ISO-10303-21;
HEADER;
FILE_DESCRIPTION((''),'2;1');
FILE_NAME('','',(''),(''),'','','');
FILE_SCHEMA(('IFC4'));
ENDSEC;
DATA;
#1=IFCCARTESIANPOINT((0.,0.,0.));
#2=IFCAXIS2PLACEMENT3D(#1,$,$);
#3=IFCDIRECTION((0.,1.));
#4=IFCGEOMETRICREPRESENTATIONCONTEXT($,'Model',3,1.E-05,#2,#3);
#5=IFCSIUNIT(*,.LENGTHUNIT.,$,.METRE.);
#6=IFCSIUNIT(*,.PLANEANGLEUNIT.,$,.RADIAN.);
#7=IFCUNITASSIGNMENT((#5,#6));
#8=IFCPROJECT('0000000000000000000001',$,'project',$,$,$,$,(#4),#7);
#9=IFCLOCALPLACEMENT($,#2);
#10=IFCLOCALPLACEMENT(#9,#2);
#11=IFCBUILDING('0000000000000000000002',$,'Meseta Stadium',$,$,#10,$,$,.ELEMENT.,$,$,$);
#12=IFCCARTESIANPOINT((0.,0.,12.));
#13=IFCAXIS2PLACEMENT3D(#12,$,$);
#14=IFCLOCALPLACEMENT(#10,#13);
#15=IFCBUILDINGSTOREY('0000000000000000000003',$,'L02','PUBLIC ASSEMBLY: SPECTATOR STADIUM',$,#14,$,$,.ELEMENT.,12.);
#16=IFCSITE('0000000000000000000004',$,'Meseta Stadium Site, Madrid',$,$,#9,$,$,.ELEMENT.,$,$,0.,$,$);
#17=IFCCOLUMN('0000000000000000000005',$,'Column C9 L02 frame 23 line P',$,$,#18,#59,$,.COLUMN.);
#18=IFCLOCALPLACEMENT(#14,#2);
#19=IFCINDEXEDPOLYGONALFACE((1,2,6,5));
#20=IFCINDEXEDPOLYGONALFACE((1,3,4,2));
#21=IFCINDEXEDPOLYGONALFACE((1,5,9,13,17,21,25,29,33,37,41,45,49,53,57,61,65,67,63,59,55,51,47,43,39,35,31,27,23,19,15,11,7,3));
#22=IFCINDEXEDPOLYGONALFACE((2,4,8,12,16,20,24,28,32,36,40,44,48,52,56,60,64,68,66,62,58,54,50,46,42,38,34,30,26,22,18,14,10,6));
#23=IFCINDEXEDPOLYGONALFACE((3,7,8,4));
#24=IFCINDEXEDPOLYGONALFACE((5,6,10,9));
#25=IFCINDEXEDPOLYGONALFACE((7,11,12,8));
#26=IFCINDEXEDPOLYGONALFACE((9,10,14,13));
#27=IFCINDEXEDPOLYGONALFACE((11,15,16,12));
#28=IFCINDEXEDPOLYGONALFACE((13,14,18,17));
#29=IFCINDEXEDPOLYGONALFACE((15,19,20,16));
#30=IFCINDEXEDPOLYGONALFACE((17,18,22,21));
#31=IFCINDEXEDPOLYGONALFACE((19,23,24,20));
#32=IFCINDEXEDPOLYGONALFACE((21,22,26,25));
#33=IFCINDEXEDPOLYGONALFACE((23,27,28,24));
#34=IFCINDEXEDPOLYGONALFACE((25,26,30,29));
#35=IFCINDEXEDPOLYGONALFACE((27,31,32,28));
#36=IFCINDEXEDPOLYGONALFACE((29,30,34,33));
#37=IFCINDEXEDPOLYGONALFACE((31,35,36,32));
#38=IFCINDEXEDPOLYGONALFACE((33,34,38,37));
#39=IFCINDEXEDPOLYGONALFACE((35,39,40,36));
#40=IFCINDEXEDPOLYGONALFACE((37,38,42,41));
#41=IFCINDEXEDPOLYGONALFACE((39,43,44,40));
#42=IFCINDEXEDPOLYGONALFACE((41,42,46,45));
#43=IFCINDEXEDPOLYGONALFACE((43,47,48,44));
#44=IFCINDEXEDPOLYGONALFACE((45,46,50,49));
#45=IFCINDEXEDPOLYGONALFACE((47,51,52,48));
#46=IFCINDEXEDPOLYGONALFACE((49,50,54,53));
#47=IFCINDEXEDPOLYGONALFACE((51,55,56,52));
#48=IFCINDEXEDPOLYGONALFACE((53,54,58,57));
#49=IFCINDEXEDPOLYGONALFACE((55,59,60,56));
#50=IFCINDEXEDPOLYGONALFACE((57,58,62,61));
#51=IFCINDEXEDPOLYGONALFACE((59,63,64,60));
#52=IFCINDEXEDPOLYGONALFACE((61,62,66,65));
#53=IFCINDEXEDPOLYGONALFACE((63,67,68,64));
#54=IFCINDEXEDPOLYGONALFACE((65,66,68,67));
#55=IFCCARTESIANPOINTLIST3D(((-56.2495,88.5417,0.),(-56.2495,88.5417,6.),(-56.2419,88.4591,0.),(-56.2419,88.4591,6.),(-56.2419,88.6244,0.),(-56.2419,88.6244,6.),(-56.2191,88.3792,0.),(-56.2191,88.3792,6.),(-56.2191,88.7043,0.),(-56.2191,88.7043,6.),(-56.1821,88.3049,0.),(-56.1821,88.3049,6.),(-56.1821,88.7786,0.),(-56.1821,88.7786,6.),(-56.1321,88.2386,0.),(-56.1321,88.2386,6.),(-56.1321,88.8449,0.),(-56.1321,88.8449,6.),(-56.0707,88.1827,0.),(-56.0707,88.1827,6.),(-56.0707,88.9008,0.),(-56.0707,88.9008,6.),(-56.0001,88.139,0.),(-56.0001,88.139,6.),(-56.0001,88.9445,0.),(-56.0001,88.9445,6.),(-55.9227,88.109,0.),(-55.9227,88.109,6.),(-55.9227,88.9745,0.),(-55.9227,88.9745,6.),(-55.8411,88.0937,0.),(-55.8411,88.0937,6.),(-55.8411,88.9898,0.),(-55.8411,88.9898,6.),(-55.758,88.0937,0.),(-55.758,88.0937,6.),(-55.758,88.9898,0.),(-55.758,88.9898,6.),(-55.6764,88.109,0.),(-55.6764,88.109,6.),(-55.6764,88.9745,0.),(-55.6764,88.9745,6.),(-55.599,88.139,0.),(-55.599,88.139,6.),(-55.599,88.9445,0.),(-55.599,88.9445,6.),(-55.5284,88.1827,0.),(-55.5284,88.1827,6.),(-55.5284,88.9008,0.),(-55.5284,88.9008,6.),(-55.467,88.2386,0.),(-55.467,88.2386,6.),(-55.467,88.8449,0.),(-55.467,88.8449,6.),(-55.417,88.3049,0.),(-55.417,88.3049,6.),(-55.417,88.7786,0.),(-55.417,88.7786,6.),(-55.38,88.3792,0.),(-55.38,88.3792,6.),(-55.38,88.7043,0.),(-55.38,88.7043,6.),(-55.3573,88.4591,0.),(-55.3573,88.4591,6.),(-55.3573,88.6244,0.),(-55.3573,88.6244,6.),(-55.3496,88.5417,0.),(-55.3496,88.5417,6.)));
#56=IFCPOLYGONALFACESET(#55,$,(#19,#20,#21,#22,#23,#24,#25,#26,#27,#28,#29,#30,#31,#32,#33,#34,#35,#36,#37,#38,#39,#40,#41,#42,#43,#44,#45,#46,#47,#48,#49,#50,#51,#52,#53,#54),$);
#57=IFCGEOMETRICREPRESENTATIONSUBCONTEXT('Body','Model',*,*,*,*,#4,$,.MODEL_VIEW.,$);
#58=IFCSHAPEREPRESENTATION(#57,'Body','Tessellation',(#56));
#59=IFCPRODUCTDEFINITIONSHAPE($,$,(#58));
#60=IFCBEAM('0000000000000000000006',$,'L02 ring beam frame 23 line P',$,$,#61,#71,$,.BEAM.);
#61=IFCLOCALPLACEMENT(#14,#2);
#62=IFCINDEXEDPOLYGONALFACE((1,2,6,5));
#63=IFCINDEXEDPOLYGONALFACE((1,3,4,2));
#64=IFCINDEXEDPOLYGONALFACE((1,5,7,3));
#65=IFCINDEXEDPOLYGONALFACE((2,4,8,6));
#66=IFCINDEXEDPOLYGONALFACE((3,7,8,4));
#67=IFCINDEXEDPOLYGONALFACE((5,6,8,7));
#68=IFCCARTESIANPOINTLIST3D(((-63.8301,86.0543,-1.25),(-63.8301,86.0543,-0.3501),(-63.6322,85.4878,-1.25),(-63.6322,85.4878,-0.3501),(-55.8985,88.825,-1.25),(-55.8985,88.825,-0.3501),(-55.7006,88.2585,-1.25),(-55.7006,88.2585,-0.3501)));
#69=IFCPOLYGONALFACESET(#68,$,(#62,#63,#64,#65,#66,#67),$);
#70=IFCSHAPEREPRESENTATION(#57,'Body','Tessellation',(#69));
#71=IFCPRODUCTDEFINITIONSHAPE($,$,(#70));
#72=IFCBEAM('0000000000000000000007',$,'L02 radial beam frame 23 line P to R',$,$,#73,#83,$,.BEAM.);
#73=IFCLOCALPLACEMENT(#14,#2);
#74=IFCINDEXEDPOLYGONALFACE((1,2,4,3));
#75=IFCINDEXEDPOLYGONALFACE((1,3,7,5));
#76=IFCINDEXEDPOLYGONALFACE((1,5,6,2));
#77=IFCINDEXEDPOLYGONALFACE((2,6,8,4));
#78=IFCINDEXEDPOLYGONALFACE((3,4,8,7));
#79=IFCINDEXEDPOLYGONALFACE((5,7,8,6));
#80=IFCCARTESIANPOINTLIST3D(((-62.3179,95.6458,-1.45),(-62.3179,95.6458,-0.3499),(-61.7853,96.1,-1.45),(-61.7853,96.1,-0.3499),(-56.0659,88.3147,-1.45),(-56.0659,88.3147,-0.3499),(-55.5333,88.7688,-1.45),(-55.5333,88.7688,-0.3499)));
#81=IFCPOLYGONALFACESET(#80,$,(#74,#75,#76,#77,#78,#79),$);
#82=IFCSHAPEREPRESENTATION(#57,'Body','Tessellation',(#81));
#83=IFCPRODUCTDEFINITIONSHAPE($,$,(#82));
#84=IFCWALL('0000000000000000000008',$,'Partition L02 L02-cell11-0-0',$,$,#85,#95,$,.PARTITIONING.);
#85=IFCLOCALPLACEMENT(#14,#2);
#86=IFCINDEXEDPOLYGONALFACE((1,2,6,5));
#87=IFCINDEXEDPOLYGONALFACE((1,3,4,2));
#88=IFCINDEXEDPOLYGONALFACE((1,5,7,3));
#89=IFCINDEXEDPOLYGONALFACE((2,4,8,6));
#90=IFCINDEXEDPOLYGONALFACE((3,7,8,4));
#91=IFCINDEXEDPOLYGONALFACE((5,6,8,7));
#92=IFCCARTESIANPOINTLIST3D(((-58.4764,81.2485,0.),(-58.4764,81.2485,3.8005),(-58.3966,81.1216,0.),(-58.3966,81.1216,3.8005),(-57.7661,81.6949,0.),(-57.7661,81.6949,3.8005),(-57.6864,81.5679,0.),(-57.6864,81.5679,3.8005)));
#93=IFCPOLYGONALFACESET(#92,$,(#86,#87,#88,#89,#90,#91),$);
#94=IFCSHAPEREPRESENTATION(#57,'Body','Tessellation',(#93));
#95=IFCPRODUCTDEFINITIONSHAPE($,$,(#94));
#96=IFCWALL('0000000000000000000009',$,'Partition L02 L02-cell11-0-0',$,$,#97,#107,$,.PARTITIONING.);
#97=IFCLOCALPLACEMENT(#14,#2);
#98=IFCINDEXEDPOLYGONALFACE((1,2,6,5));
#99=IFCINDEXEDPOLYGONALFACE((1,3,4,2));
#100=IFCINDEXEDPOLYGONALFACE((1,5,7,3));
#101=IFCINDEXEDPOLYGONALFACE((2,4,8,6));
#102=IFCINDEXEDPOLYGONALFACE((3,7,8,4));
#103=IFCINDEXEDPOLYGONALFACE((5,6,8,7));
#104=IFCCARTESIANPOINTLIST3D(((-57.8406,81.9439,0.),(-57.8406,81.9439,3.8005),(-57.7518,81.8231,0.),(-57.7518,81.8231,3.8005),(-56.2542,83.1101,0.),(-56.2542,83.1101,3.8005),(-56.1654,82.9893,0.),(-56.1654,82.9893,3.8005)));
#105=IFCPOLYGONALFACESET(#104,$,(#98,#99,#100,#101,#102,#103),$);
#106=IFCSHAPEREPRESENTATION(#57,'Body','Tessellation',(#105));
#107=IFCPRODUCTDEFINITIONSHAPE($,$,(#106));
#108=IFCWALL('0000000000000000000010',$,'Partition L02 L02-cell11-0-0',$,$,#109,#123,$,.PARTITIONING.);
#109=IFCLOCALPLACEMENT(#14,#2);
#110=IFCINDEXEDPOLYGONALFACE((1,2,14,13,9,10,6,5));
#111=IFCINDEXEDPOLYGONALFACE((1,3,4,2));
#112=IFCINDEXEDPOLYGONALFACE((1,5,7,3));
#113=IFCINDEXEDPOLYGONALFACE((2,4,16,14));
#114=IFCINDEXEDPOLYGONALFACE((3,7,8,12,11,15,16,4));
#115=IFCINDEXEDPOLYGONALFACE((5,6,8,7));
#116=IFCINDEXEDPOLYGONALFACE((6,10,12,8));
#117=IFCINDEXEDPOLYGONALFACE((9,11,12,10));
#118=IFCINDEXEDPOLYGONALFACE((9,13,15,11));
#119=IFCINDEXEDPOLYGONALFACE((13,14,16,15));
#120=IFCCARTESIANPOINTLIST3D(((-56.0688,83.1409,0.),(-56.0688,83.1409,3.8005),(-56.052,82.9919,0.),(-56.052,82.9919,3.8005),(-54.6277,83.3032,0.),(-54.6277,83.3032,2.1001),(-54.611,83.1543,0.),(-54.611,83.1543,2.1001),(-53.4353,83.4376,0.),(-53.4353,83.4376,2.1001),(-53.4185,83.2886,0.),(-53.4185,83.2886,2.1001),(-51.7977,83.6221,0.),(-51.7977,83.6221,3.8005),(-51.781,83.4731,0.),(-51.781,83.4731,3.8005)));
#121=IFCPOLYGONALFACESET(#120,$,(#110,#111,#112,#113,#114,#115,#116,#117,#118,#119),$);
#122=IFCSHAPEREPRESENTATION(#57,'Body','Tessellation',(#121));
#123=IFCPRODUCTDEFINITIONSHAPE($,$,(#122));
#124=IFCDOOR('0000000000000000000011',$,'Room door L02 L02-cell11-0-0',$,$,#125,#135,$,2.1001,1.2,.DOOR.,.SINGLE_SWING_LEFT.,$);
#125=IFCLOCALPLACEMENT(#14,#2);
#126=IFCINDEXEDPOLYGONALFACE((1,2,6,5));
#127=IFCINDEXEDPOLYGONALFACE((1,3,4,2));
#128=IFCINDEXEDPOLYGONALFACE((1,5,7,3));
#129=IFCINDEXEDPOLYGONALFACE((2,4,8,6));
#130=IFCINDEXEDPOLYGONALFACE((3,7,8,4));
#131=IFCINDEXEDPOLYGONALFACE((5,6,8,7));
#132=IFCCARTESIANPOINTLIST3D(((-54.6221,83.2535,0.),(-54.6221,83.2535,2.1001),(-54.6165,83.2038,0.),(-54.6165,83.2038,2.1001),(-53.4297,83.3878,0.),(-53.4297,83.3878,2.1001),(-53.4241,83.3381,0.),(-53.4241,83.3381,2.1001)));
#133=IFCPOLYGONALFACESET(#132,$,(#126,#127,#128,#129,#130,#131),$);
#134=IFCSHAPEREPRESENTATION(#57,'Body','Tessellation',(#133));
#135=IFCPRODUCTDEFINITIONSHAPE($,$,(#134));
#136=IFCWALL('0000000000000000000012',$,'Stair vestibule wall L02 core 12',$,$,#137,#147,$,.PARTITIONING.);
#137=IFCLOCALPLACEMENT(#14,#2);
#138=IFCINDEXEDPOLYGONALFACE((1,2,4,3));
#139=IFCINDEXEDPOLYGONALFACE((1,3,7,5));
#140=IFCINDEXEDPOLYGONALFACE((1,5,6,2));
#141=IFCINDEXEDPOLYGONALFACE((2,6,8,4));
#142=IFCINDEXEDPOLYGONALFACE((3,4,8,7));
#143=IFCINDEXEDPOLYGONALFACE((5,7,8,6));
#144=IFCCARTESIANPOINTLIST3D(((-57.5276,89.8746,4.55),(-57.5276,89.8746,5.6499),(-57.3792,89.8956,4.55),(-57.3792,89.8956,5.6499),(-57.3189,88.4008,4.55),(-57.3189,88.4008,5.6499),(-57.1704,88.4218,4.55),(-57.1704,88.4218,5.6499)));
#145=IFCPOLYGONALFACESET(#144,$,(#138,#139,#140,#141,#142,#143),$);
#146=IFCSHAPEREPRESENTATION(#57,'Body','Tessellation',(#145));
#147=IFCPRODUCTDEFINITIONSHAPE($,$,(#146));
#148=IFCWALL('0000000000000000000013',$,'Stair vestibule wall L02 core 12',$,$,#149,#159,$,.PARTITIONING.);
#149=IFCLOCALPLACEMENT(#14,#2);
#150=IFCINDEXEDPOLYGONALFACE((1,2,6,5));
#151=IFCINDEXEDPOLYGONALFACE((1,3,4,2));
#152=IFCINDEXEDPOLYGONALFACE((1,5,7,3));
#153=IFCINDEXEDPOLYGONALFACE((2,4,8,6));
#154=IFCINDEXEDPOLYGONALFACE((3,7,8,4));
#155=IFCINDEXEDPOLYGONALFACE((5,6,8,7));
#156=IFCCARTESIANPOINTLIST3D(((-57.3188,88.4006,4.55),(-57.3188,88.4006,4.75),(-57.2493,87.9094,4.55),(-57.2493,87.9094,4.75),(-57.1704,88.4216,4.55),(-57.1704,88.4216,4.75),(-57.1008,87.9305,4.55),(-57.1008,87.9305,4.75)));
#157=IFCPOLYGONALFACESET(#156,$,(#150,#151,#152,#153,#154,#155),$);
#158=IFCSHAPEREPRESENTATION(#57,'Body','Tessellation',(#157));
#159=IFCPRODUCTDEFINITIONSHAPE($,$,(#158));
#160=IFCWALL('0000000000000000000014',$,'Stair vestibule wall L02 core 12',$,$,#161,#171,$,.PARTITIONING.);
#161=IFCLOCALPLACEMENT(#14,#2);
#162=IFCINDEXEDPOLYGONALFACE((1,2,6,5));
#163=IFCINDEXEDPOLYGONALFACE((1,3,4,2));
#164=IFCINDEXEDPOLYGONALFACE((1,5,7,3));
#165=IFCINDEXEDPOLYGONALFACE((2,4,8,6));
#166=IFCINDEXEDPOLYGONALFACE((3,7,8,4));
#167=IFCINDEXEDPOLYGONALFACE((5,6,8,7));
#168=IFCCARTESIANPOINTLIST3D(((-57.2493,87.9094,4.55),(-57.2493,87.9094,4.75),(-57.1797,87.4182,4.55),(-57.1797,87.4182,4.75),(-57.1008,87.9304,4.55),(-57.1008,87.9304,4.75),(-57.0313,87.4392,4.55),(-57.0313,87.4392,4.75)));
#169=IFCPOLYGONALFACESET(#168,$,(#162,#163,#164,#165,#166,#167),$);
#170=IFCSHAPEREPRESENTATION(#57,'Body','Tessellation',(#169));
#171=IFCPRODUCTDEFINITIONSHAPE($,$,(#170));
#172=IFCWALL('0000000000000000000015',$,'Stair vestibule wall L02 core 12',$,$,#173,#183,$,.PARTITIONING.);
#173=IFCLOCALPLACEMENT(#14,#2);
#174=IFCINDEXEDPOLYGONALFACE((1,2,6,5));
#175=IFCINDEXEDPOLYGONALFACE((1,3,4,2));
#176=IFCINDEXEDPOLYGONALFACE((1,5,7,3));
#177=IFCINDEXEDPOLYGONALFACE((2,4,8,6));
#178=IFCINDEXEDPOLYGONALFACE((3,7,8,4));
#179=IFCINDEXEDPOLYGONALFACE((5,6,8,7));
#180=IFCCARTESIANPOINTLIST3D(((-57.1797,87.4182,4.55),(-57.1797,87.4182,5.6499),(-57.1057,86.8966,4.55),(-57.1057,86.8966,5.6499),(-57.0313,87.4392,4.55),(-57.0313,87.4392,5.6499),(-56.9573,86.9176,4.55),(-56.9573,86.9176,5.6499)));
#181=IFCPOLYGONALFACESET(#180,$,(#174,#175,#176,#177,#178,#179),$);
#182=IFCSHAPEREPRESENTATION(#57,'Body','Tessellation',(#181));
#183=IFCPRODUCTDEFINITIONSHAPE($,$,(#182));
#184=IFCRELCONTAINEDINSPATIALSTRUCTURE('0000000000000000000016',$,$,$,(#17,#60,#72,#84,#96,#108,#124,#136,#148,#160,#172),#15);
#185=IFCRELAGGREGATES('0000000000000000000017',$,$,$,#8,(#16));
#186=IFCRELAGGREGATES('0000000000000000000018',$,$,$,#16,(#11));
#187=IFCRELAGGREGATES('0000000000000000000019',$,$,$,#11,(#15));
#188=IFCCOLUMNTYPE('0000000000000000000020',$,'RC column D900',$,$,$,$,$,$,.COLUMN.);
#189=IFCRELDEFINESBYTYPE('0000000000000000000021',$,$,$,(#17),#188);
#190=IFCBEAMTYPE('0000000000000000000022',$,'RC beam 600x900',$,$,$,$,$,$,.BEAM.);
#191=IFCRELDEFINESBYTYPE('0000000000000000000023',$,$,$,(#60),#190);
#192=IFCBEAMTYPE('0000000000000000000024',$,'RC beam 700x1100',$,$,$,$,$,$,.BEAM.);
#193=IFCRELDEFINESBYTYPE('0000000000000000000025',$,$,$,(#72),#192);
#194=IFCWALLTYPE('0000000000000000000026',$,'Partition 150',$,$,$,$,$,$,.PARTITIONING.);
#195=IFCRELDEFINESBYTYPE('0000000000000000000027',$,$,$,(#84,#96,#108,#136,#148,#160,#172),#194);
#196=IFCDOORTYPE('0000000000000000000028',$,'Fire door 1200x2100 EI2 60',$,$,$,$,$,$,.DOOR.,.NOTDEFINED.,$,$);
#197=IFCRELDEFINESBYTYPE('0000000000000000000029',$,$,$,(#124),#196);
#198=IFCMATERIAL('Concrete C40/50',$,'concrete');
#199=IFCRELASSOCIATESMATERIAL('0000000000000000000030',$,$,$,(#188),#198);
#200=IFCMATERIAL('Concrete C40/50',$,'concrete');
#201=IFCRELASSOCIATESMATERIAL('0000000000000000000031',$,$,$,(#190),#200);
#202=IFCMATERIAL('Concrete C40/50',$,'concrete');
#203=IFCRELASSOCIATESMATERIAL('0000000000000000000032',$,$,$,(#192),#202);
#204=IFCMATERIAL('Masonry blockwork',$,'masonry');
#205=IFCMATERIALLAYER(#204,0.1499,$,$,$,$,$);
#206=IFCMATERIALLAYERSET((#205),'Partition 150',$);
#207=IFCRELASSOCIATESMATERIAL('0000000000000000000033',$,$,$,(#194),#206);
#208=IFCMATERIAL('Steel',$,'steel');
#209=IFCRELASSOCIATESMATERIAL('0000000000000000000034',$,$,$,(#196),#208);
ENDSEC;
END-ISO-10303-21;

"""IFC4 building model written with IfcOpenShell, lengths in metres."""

from ifc_helpers import new_model, si_unit, direction, frame, frame_2d, origin, origin_2d, place, context, subcontext, project, spatial, rectangle, circle, extrude, material, layer, layer_set, material_profile, profile_set, type_object, element, fill, save


model = new_model("IFC4")

# Units and contexts
model_context = context("Model", 3, precision=1e-05, world=origin(), true_north=direction((0.0, 1.0)))
body_context = subcontext(model_context, "Body", "Model", "MODEL_VIEW")
ifc_project = project(units=[si_unit("LENGTHUNIT", "METRE"), si_unit("PLANEANGLEUNIT", "RADIAN")], contexts=[model_context])

# Site, building, storey
site_placement = place(None, origin())
site = spatial("IfcSite", under=ifc_project, at=site_placement, Name="Meseta Stadium Site, Madrid", CompositionType="ELEMENT", RefElevation=0.0)
building_placement = place(site_placement, origin())
building = spatial("IfcBuilding", under=site, at=building_placement, Name="Meseta Stadium", CompositionType="ELEMENT")
storey_placement = place(building_placement, frame((0.0, 0.0, 12.0)))
storey = spatial("IfcBuildingStorey", under=building, at=storey_placement, Name="L02", Description="PUBLIC ASSEMBLY: SPECTATOR STADIUM", CompositionType="ELEMENT", Elevation=12.0)

# Column
ifc_material_1 = material(Name="Concrete C40/50", Category="concrete")
ifc_material_profile_1 = material_profile(ifc_material_1, circle(Radius=0.45, at=origin_2d()), Name="RC D900")
ifc_profile_set_1 = profile_set([ifc_material_profile_1], Name="Concrete C40/50")
column_type = type_object("IfcColumnType", Name="RC column D900", PredefinedType="COLUMN", material=ifc_profile_set_1)
column_placement = place(storey_placement, frame((-55.7996, 88.5417, 0.0), z_axis=(0.0, 0.0, 1.0), x_axis=(1.0, 0.0, 0.0)))
element("IfcColumn", 1, at=column_placement, inside=storey, type_object=column_type, Name="Column C9 L02 frame 23 line P", PredefinedType="COLUMN", context=body_context, shape_type="SweptSolid", body=[
    extrude(circle(Radius=0.45, at=origin_2d()), origin(), (0.0, 0.0, 1.0), 6.0),
])

# Beams
ifc_material_2 = material(Name="Concrete C40/50", Category="concrete")
ifc_material_profile_2 = material_profile(ifc_material_2, rectangle(XDim=0.6001, YDim=0.8999, at=origin_2d()), Name="RC 600x900")
ifc_profile_set_2 = profile_set([ifc_material_profile_2], Name="Concrete C40/50")
beam_type_1 = type_object("IfcBeamType", Name="RC beam 600x900", PredefinedType="BEAM", material=ifc_profile_set_2)
beam_1_placement = place(storey_placement, frame((-55.7996, 88.5417, -0.8), z_axis=(-0.944056, -0.329786, 0.0), x_axis=(0.329786, -0.944056, 0.0)))
element("IfcBeam", 2, at=beam_1_placement, inside=storey, type_object=beam_type_1, Name="L02 ring beam frame 23 line P", PredefinedType="BEAM", context=body_context, shape_type="SweptSolid", body=[
    extrude(rectangle(XDim=0.6001, YDim=0.8999, at=origin_2d()), origin(), (0.0, 0.0, 1.0), 8.4016),
])
ifc_material_3 = material(Name="Concrete C40/50", Category="concrete")
ifc_material_profile_3 = material_profile(ifc_material_3, rectangle(XDim=0.7, YDim=1.1001, at=origin_2d()), Name="RC 700x1100")
ifc_profile_set_3 = profile_set([ifc_material_profile_3], Name="Concrete C40/50")
beam_type_2 = type_object("IfcBeamType", Name="RC beam 700x1100", PredefinedType="BEAM", material=ifc_profile_set_3)
beam_2_placement = place(storey_placement, frame((-55.7996, 88.5417, -0.8999), z_axis=(-0.648886, 0.760885, 0.0), x_axis=(-0.760885, -0.648886, 0.0)))
element("IfcBeam", 3, at=beam_2_placement, inside=storey, type_object=beam_type_2, Name="L02 radial beam frame 23 line P to R", PredefinedType="BEAM", context=body_context, shape_type="SweptSolid", body=[
    extrude(rectangle(XDim=0.7, YDim=1.1001, at=origin_2d()), origin(), (0.0, 0.0, 1.0), 9.635),
])

# Walls
ifc_material_4 = material(Name="Masonry blockwork", Category="masonry")
ifc_layer = layer(ifc_material_4, 0.1499)
ifc_layer_set = layer_set([ifc_layer], Name="Partition 150")
wall_type = type_object("IfcWallType", Name="Partition 150", PredefinedType="PARTITIONING", material=ifc_layer_set)
wall_1_placement = place(storey_placement, frame((-58.4365, 81.1851, 0.0), z_axis=(0.0, 0.0, 1.0), x_axis=(0.846704, 0.532064, 0.0)))
element("IfcWall", 4, at=wall_1_placement, inside=storey, type_object=wall_type, Name="Partition L02 L02-cell11-0-0", PredefinedType="PARTITIONING", context=body_context, shape_type="SweptSolid", body=[
    extrude(rectangle(XDim=0.8389, YDim=0.1499, at=frame_2d((0.4194, 0.0))), origin(), (0.0, 0.0, 1.0), 3.8005),
])
wall_2_placement = place(storey_placement, frame((-57.7961, 81.8835, 0.0), z_axis=(0.0, 0.0, 1.0), x_axis=(0.805707, 0.592315, 0.0)))
element("IfcWall", 5, at=wall_2_placement, inside=storey, type_object=wall_type, Name="Partition L02 L02-cell11-0-0", PredefinedType="PARTITIONING", context=body_context, shape_type="SweptSolid", body=[
    extrude(rectangle(XDim=1.969, YDim=0.1499, at=frame_2d((0.9844, 0.0))), origin(), (0.0, 0.0, 1.0), 3.8005),
])

# Wall, opening, door
wall_3_placement = place(storey_placement, frame((-56.0603, 83.0664, 0.0), z_axis=(0.0, 0.0, 1.0), x_axis=(0.993713, 0.111959, 0.0)))
wall_3 = element("IfcWall", 6, at=wall_3_placement, inside=storey, type_object=wall_type, Name="Partition L02 L02-cell11-0-0", PredefinedType="PARTITIONING", context=body_context, shape_type="SweptSolid", body=[
    extrude(rectangle(XDim=4.2981, YDim=0.1499, at=frame_2d((2.1489, 0.0))), origin(), (0.0, 0.0, 1.0), 3.8005),
])
opening_1_placement = place(wall_3_placement, frame((1.45, 0.0, 0.0)))
opening_1 = element("IfcOpeningElement", 7, at=opening_1_placement, cuts=wall_3, PredefinedType="OPENING", context=body_context, shape_type="SweptSolid", body=[
    extrude(rectangle(XDim=1.2, YDim=2.1001, at=frame_2d((0.6001, 1.05))), frame((0.0, 0.085, 0.0), z_axis=(0.0, -1.0, 0.0), x_axis=(1.0, 0.0, 0.0)), (0.0, 0.0, 1.0), 0.1699),
])
ifc_material_5 = material(Name="Steel", Category="steel")
door_type_1 = type_object("IfcDoorType", Name="Fire door 1200x2100 EI2 60", OperationType="NOTDEFINED", PredefinedType="DOOR", material=ifc_material_5)
door_1_placement = place(opening_1_placement, origin())
door_1 = element("IfcDoor", 8, at=door_1_placement, inside=storey, type_object=door_type_1, Name="Room door L02 L02-cell11-0-0", OperationType="SINGLE_SWING_LEFT", OverallHeight=2.1001, OverallWidth=1.2, PredefinedType="DOOR", context=body_context, shape_type="SweptSolid", body=[
    extrude(rectangle(XDim=1.2, YDim=2.1001, at=frame_2d((0.6001, 1.05))), frame((0.0, 0.0249, 0.0), z_axis=(0.0, -1.0, 0.0), x_axis=(1.0, 0.0, 0.0)), (0.0, 0.0, 1.0), 0.05),
])
fill(opening_1, door_1)

# Walls
wall_4_placement = place(storey_placement, frame((-57.4534, 89.885, 4.55), z_axis=(0.0, 0.0, 1.0), x_axis=(0.140227, -0.990119, 0.0)))
element("IfcWall", 9, at=wall_4_placement, inside=storey, type_object=wall_type, Name="Stair vestibule wall L02 core 12", PredefinedType="PARTITIONING", context=body_context, shape_type="SweptSolid", body=[
    extrude(rectangle(XDim=1.4885, YDim=0.1499, at=frame_2d((0.7441, 0.0))), origin(), (0.0, 0.0, 1.0), 1.0999),
])
for number, where, z_axis, x_axis, name in (
    (10, (-57.2446, 88.4111, 4.55), (0.0, 0.0, 1.0), (0.14025, -0.990116, 0.0), "Stair vestibule wall L02 core 12"),
    (11, (-57.175, 87.9199, 4.55), (0.0, 0.0, 1.0), (0.14025, -0.990116, 0.0), "Stair vestibule wall L02 core 12"),
):
    element("IfcWall", number, at=place(storey_placement, frame(where, z_axis=z_axis, x_axis=x_axis)), inside=storey, type_object=wall_type, Name=name, PredefinedType="PARTITIONING", context=body_context, shape_type="SweptSolid", body=[
        extrude(rectangle(XDim=0.4961, YDim=0.1499, at=frame_2d((0.248, 0.0))), origin(), (0.0, 0.0, 1.0), 0.2),
    ])
wall_5_placement = place(storey_placement, frame((-57.1055, 87.4287, 4.55), z_axis=(0.0, 0.0, 1.0), x_axis=(0.140383, -0.990097, 0.0)))
element("IfcWall", 12, at=wall_5_placement, inside=storey, type_object=wall_type, Name="Stair vestibule wall L02 core 12", PredefinedType="PARTITIONING", context=body_context, shape_type="SweptSolid", body=[
    extrude(rectangle(XDim=0.5269, YDim=0.1499, at=frame_2d((0.2634, 0.0))), origin(), (0.0, 0.0, 1.0), 1.0999),
])

save(model, "model.ifc")
